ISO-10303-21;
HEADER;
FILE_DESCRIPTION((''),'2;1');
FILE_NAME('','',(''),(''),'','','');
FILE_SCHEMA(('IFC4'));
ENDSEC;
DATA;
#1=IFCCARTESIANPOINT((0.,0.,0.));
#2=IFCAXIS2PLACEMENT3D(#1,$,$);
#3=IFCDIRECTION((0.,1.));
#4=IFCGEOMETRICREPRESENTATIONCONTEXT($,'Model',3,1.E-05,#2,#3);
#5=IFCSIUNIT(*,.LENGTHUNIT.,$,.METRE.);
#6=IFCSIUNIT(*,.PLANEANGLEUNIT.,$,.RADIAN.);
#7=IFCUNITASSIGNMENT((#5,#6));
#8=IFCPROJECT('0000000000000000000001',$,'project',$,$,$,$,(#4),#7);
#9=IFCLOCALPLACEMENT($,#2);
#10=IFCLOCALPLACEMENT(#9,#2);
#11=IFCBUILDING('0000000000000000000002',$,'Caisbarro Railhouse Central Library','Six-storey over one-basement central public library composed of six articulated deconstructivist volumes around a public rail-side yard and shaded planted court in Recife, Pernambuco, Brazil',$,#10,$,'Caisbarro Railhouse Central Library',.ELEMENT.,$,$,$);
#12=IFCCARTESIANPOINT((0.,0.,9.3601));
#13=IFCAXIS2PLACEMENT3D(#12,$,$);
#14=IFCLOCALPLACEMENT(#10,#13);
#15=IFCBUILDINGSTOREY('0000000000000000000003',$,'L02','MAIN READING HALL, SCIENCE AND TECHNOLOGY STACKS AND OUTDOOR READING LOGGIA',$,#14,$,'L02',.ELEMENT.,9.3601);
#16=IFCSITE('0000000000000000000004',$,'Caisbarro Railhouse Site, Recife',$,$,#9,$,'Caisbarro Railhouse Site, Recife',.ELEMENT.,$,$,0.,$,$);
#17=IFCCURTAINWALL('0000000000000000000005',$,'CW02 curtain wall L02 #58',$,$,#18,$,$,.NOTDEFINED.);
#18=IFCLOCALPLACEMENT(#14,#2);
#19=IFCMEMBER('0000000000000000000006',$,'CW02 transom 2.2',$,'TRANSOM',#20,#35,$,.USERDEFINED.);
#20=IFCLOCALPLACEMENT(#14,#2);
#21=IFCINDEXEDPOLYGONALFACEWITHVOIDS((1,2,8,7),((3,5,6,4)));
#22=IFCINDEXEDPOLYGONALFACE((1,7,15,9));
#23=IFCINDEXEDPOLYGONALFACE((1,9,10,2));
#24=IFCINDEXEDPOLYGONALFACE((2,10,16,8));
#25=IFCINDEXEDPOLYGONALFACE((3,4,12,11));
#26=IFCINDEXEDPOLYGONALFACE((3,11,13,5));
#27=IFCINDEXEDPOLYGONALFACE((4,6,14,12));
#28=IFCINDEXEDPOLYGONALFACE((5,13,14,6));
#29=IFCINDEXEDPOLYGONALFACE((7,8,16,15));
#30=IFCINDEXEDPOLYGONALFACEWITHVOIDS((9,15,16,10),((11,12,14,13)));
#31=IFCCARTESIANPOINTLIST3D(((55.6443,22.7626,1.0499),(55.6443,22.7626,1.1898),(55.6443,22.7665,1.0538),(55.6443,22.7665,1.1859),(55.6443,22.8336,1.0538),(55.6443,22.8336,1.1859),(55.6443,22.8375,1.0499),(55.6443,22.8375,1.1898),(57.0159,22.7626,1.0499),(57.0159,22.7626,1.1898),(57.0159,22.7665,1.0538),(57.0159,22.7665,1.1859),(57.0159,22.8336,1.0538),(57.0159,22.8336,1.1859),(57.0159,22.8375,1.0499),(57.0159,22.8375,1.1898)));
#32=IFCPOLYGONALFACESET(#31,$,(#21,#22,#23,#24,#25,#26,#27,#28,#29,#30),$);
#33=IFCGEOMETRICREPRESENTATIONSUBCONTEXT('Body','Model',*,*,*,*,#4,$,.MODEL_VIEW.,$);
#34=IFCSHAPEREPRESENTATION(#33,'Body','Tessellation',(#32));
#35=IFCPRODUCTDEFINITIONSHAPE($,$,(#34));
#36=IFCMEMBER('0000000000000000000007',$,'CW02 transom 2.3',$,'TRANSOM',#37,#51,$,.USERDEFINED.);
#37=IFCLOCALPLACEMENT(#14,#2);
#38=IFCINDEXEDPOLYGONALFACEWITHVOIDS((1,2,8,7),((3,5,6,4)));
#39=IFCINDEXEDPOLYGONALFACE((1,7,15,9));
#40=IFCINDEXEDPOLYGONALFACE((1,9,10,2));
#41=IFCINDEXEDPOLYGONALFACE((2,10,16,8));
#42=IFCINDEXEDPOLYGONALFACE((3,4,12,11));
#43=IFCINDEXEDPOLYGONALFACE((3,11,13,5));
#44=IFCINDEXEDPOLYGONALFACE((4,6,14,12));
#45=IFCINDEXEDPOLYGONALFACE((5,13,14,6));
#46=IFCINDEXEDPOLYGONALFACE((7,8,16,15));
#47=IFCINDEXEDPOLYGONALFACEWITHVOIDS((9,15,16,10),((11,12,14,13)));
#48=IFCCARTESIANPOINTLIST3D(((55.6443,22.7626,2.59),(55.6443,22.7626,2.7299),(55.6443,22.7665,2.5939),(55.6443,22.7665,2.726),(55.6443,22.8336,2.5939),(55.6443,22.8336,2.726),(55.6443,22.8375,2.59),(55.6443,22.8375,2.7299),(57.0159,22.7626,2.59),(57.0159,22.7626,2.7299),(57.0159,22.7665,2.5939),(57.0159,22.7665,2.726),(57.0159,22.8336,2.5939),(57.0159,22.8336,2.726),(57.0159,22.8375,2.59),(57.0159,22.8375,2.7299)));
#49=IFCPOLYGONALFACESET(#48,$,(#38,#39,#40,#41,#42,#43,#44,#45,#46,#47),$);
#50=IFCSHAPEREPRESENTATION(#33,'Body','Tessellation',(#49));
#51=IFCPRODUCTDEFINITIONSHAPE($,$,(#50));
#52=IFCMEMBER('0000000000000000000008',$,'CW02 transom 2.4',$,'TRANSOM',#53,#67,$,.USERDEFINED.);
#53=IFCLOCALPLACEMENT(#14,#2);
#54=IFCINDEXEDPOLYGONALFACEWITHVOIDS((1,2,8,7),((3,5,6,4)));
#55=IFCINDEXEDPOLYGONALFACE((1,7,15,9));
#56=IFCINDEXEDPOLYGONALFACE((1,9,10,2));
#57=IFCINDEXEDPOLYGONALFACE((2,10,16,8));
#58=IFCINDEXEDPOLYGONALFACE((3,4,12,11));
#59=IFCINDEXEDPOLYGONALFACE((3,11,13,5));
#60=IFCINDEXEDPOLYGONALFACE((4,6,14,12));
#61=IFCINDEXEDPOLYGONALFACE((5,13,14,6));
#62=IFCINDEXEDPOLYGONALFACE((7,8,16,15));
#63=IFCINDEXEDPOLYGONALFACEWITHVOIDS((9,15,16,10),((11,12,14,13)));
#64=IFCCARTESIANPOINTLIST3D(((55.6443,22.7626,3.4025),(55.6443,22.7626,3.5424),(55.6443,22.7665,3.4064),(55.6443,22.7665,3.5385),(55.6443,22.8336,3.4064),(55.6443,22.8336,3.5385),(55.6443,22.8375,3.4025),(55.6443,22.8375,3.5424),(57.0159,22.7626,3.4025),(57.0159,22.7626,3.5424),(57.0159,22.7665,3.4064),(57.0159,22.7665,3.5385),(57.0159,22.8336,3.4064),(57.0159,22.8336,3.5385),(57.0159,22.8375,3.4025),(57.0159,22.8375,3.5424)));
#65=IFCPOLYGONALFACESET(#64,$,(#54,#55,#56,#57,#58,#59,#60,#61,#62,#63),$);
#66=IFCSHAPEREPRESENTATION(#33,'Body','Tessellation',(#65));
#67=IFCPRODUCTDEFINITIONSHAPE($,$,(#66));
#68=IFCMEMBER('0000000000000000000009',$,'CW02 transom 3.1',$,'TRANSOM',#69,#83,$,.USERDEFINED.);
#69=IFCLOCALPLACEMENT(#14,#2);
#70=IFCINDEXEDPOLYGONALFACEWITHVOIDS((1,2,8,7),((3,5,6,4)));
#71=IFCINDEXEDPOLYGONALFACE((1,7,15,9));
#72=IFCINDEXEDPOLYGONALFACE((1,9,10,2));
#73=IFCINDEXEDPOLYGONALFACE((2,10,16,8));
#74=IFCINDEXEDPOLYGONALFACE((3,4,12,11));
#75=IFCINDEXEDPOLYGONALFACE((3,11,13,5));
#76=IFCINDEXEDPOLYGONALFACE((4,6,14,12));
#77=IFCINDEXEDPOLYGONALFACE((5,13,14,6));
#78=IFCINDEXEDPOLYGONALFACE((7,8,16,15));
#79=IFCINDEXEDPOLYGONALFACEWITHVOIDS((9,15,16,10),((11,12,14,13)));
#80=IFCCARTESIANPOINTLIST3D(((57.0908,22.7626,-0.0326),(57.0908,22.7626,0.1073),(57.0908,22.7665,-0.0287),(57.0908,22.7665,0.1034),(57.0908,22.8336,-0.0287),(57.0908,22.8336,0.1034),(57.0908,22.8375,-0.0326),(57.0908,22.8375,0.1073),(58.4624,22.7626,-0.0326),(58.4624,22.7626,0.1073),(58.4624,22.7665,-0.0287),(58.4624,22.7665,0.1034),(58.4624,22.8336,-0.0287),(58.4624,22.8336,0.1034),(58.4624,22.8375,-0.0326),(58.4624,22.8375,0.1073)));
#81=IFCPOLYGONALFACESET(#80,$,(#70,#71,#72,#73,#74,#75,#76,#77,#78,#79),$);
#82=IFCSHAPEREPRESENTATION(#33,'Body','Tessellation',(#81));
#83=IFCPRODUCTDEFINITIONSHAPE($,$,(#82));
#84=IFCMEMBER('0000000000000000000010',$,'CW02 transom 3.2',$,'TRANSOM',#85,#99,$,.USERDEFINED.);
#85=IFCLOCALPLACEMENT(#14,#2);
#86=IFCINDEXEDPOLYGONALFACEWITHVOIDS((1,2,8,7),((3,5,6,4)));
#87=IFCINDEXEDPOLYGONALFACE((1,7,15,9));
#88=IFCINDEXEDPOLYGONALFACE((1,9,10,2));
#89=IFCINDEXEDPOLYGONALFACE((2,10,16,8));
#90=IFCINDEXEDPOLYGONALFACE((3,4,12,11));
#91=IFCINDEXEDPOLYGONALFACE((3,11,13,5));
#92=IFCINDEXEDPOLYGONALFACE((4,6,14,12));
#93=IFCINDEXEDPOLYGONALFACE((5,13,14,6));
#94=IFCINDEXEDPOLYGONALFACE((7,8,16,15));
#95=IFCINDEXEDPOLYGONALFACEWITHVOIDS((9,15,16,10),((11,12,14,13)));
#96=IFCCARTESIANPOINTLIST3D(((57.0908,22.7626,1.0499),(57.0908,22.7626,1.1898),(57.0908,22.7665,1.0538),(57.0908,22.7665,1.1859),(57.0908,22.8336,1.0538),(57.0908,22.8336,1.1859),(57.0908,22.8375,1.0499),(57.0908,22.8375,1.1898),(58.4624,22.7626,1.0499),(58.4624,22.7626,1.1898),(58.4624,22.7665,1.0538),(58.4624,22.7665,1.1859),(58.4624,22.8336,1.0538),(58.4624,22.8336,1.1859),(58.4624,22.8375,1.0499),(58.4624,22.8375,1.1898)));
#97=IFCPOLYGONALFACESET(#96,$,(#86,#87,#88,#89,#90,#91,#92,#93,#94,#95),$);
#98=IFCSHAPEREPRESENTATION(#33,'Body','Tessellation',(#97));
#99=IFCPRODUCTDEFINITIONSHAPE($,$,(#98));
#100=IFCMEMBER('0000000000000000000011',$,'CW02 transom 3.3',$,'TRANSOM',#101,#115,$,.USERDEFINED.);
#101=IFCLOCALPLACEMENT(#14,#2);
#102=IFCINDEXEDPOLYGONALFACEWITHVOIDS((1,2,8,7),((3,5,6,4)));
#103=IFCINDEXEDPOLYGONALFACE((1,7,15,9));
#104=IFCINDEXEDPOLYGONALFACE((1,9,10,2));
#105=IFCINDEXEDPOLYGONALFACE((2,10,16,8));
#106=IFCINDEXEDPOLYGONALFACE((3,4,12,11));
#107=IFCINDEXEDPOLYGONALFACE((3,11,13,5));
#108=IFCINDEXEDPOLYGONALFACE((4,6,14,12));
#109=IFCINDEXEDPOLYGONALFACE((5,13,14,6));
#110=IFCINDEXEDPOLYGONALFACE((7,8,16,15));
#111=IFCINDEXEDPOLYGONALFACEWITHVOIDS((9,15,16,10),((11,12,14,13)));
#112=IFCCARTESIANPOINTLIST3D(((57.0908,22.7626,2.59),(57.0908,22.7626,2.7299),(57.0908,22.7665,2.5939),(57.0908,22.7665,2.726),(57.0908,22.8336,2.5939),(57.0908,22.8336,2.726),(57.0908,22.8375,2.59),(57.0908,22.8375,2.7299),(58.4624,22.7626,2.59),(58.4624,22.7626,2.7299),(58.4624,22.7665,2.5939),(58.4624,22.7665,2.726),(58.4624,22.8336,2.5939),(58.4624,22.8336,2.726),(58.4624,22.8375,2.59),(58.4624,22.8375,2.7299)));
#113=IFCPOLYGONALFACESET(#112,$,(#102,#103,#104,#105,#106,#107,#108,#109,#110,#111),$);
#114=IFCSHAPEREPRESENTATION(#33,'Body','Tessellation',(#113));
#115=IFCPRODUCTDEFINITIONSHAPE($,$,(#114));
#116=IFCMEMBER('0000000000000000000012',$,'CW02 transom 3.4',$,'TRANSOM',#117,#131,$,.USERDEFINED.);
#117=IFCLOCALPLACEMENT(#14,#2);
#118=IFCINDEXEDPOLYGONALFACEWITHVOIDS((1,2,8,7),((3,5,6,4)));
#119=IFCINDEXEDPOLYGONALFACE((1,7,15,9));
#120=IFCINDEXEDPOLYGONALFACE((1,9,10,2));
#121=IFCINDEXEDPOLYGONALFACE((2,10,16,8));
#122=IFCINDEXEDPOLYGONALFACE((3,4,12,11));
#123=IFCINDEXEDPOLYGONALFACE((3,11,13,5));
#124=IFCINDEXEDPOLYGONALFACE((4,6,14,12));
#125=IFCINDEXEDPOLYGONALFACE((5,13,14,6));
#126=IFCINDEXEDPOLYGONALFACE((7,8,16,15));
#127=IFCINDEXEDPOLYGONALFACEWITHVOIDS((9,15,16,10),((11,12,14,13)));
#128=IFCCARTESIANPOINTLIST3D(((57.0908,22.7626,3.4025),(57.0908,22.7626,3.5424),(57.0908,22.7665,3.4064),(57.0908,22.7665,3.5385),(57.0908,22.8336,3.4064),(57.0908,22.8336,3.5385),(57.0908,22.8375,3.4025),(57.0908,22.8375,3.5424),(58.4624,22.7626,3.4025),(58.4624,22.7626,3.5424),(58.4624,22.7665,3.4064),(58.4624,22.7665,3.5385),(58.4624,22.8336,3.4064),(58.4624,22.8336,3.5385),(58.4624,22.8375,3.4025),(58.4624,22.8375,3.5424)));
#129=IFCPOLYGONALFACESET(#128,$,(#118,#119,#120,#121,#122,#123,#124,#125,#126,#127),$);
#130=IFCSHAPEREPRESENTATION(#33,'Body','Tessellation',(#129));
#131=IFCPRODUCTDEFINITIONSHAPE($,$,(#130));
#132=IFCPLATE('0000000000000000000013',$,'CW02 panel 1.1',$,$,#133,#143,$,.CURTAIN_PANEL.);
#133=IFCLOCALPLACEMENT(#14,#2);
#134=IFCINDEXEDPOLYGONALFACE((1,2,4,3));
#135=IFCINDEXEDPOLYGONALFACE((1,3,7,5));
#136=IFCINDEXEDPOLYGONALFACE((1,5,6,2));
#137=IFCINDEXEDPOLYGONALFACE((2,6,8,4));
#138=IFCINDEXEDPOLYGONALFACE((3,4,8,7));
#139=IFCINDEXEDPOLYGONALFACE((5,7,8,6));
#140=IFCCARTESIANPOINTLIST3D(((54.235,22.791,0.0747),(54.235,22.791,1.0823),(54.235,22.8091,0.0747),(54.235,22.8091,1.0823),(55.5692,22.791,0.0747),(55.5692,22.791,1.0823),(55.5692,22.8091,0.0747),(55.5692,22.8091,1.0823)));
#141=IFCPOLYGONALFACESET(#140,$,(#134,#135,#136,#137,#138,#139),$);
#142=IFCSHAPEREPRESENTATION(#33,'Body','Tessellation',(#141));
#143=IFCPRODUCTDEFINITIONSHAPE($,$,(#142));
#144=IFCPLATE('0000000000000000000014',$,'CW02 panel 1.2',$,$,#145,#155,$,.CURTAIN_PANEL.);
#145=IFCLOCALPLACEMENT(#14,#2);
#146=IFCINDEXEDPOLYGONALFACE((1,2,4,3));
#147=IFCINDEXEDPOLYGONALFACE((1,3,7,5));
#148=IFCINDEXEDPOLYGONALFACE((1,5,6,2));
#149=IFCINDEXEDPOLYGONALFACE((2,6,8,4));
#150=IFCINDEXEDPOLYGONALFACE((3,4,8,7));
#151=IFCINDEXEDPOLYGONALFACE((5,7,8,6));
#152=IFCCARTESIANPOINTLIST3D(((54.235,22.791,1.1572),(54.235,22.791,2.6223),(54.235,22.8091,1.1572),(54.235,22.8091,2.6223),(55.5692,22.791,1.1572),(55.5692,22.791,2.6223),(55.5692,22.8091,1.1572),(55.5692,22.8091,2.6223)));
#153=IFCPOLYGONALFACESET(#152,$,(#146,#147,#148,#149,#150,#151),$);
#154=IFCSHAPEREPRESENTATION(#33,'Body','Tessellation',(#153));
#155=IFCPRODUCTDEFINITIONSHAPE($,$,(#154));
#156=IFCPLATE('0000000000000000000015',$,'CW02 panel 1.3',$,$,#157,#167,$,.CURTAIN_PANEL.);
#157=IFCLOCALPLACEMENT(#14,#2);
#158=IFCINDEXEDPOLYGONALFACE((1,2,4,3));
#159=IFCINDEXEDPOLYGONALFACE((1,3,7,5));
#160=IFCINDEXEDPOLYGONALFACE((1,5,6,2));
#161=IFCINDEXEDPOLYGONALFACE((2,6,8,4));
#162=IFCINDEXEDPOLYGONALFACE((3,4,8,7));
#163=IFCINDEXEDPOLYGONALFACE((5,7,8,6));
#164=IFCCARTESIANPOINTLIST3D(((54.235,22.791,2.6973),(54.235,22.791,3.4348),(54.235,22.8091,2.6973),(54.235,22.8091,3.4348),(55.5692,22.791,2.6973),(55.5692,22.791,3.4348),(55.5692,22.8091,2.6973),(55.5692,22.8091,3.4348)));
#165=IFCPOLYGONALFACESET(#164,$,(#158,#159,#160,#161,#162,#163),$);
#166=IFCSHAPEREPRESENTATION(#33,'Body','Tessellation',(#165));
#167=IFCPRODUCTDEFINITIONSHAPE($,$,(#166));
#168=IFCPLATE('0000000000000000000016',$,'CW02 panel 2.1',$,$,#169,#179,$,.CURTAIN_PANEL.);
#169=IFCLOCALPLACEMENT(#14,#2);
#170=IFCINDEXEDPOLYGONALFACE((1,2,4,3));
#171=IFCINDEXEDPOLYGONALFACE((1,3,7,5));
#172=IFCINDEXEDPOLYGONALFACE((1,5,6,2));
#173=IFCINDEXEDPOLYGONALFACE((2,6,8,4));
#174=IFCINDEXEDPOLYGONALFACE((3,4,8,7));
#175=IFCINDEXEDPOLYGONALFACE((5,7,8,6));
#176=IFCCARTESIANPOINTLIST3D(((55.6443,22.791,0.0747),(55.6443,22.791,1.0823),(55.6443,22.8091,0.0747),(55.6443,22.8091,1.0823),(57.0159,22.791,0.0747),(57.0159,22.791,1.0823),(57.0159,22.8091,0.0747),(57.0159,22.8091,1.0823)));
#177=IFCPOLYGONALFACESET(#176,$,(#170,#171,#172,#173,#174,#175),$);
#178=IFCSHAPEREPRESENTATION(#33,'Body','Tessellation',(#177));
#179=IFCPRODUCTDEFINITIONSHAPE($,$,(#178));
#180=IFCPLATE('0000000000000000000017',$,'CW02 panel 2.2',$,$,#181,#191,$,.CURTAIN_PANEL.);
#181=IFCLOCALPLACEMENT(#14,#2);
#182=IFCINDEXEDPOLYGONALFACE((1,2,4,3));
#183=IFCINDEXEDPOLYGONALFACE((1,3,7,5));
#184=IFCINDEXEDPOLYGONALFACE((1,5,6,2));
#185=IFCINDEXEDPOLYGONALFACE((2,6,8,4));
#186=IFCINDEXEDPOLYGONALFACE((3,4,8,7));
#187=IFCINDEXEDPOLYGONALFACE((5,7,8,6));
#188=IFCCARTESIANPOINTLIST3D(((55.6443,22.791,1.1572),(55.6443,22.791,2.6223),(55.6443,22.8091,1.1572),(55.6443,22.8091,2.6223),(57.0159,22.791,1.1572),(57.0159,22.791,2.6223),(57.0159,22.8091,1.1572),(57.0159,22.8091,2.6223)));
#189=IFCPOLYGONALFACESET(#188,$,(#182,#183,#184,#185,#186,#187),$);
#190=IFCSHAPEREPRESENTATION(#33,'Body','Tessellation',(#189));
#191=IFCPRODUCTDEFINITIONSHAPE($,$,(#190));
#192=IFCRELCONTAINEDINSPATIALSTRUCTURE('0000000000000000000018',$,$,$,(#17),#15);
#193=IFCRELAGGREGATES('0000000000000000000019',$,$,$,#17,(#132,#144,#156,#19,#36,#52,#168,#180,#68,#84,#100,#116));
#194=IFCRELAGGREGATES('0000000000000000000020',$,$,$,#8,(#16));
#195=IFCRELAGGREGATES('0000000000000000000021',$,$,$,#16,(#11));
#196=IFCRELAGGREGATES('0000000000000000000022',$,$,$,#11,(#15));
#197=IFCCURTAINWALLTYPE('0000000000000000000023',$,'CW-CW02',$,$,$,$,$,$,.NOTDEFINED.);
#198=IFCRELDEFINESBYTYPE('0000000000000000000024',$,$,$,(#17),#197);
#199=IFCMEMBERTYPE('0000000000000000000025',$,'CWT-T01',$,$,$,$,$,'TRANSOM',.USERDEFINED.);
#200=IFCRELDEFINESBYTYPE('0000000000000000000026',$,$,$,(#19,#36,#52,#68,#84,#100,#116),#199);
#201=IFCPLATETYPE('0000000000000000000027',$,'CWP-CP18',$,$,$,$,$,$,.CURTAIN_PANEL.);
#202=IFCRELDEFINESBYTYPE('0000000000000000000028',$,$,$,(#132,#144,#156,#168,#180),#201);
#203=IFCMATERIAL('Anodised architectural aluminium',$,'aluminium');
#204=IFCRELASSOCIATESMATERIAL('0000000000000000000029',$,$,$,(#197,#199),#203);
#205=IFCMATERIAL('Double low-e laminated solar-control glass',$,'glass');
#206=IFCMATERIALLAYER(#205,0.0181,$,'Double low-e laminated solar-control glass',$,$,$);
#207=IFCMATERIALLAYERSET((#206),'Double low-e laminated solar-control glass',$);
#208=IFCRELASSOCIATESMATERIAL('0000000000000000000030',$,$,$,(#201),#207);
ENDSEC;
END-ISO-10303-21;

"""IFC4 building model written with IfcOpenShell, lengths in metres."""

from ifc_helpers import new_model, si_unit, direction, frame, origin, origin_2d, place, context, subcontext, project, spatial, rectangle, hollow_rectangle, extrude, material, layer, layer_set, material_profile, profile_set, type_object, element, aggregate, save


model = new_model("IFC4")

# Units and contexts
model_context = context("Model", 3, precision=1e-05, world=origin(), true_north=direction((0.0, 1.0)))
body_context = subcontext(model_context, "Body", "Model", "MODEL_VIEW")
ifc_project = project(units=[si_unit("LENGTHUNIT", "METRE"), si_unit("PLANEANGLEUNIT", "RADIAN")], contexts=[model_context])

# Site, building, storey
site_placement = place(None, origin())
site = spatial("IfcSite", under=ifc_project, at=site_placement, Name="Caisbarro Railhouse Site, Recife", LongName="Caisbarro Railhouse Site, Recife", CompositionType="ELEMENT", RefElevation=0.0)
building_placement = place(site_placement, origin())
building = spatial("IfcBuilding", under=site, at=building_placement, Name="Caisbarro Railhouse Central Library", Description="Six-storey over one-basement central public library composed of six articulated deconstructivist volumes around a public rail-side yard and shaded planted court in Recife, Pernambuco, Brazil", LongName="Caisbarro Railhouse Central Library", CompositionType="ELEMENT")
storey_placement = place(building_placement, frame((0.0, 0.0, 9.3601)))
storey = spatial("IfcBuildingStorey", under=building, at=storey_placement, Name="L02", Description="MAIN READING HALL, SCIENCE AND TECHNOLOGY STACKS AND OUTDOOR READING LOGGIA", LongName="L02", CompositionType="ELEMENT", Elevation=9.3601)

# Curtain wall, members, plates
ifc_material_1 = material(Name="Anodised architectural aluminium", Category="aluminium")
curtain_wall_type = type_object("IfcCurtainWallType", Name="CW-CW02", PredefinedType="NOTDEFINED", material=ifc_material_1)
curtain_wall_placement = place(storey_placement, origin())
curtain_wall = element("IfcCurtainWall", 1, at=curtain_wall_placement, inside=storey, type_object=curtain_wall_type, Name="CW02 curtain wall L02 #58", PredefinedType="NOTDEFINED")
ifc_material_profile_1 = material_profile(ifc_material_1, hollow_rectangle(XDim=0.075, YDim=0.1399, WallThickness=0.0039, at=origin_2d()), Name="ALU-TRN-75X140")
ifc_profile_set_1 = profile_set([ifc_material_profile_1], Name="Anodised architectural aluminium")
member_type_1 = type_object("IfcMemberType", Name="CWT-T01", ElementType="TRANSOM", PredefinedType="USERDEFINED", material=ifc_profile_set_1)
member_1_placement = place(storey_placement, frame((55.6443, 22.8, 1.1199), z_axis=(1.0, 0.0, 0.0), x_axis=(0.0, 1.0, 0.0)))
member_1 = element("IfcMember", 2, at=member_1_placement, type_object=member_type_1, Name="CW02 transom 2.2", ObjectType="TRANSOM", PredefinedType="USERDEFINED", context=body_context, shape_type="SweptSolid", body=[
    extrude(hollow_rectangle(XDim=0.075, YDim=0.1399, WallThickness=0.0039, at=origin_2d()), origin(), (0.0, 0.0, 1.0), 1.3716),
])
member_2_placement = place(storey_placement, frame((55.6443, 22.8, 2.6599), z_axis=(1.0, 0.0, 0.0), x_axis=(0.0, 1.0, 0.0)))
member_2 = element("IfcMember", 3, at=member_2_placement, type_object=member_type_1, Name="CW02 transom 2.3", ObjectType="TRANSOM", PredefinedType="USERDEFINED", context=body_context, shape_type="SweptSolid", body=[
    extrude(hollow_rectangle(XDim=0.075, YDim=0.1399, WallThickness=0.0039, at=origin_2d()), origin(), (0.0, 0.0, 1.0), 1.3716),
])
member_3_placement = place(storey_placement, frame((55.6443, 22.8, 3.4724), z_axis=(1.0, 0.0, 0.0), x_axis=(0.0, 1.0, 0.0)))
member_3 = element("IfcMember", 4, at=member_3_placement, type_object=member_type_1, Name="CW02 transom 2.4", ObjectType="TRANSOM", PredefinedType="USERDEFINED", context=body_context, shape_type="SweptSolid", body=[
    extrude(hollow_rectangle(XDim=0.075, YDim=0.1399, WallThickness=0.0039, at=origin_2d()), origin(), (0.0, 0.0, 1.0), 1.3716),
])
member_4_placement = place(storey_placement, frame((57.0908, 22.8, 0.0374), z_axis=(1.0, 0.0, 0.0), x_axis=(0.0, 1.0, 0.0)))
member_4 = element("IfcMember", 5, at=member_4_placement, type_object=member_type_1, Name="CW02 transom 3.1", ObjectType="TRANSOM", PredefinedType="USERDEFINED", context=body_context, shape_type="SweptSolid", body=[
    extrude(hollow_rectangle(XDim=0.075, YDim=0.1399, WallThickness=0.0039, at=origin_2d()), origin(), (0.0, 0.0, 1.0), 1.3716),
])
member_5_placement = place(storey_placement, frame((57.0908, 22.8, 1.1199), z_axis=(1.0, 0.0, 0.0), x_axis=(0.0, 1.0, 0.0)))
member_5 = element("IfcMember", 6, at=member_5_placement, type_object=member_type_1, Name="CW02 transom 3.2", ObjectType="TRANSOM", PredefinedType="USERDEFINED", context=body_context, shape_type="SweptSolid", body=[
    extrude(hollow_rectangle(XDim=0.075, YDim=0.1399, WallThickness=0.0039, at=origin_2d()), origin(), (0.0, 0.0, 1.0), 1.3716),
])
member_6_placement = place(storey_placement, frame((57.0908, 22.8, 2.6599), z_axis=(1.0, 0.0, 0.0), x_axis=(0.0, 1.0, 0.0)))
member_6 = element("IfcMember", 7, at=member_6_placement, type_object=member_type_1, Name="CW02 transom 3.3", ObjectType="TRANSOM", PredefinedType="USERDEFINED", context=body_context, shape_type="SweptSolid", body=[
    extrude(hollow_rectangle(XDim=0.075, YDim=0.1399, WallThickness=0.0039, at=origin_2d()), origin(), (0.0, 0.0, 1.0), 1.3716),
])
member_7_placement = place(storey_placement, frame((57.0908, 22.8, 3.4724), z_axis=(1.0, 0.0, 0.0), x_axis=(0.0, 1.0, 0.0)))
member_7 = element("IfcMember", 8, at=member_7_placement, type_object=member_type_1, Name="CW02 transom 3.4", ObjectType="TRANSOM", PredefinedType="USERDEFINED", context=body_context, shape_type="SweptSolid", body=[
    extrude(hollow_rectangle(XDim=0.075, YDim=0.1399, WallThickness=0.0039, at=origin_2d()), origin(), (0.0, 0.0, 1.0), 1.3716),
])
ifc_material_2 = material(Name="Double low-e laminated solar-control glass", Category="glass")
ifc_layer = layer(ifc_material_2, 0.0181, Name="Double low-e laminated solar-control glass")
ifc_layer_set = layer_set([ifc_layer], Name="Double low-e laminated solar-control glass")
plate_type = type_object("IfcPlateType", Name="CWP-CP18", PredefinedType="CURTAIN_PANEL", material=ifc_layer_set)
plate_1_placement = place(storey_placement, frame((54.9021, 22.8, 0.0747), z_axis=(0.0, 0.0, 1.0), x_axis=(1.0, 0.0, 0.0)))
plate_1 = element("IfcPlate", 9, at=plate_1_placement, type_object=plate_type, Name="CW02 panel 1.1", PredefinedType="CURTAIN_PANEL", context=body_context, shape_type="SweptSolid", body=[
    extrude(rectangle(XDim=1.3342, YDim=0.0181, at=origin_2d()), origin(), (0.0, 0.0, 1.0), 1.0076),
])
plate_2_placement = place(storey_placement, frame((54.9021, 22.8, 1.1572), z_axis=(0.0, 0.0, 1.0), x_axis=(1.0, 0.0, 0.0)))
plate_2 = element("IfcPlate", 10, at=plate_2_placement, type_object=plate_type, Name="CW02 panel 1.2", PredefinedType="CURTAIN_PANEL", context=body_context, shape_type="SweptSolid", body=[
    extrude(rectangle(XDim=1.3342, YDim=0.0181, at=origin_2d()), origin(), (0.0, 0.0, 1.0), 1.4651),
])
plate_3_placement = place(storey_placement, frame((54.9021, 22.8, 2.6973), z_axis=(0.0, 0.0, 1.0), x_axis=(1.0, 0.0, 0.0)))
plate_3 = element("IfcPlate", 11, at=plate_3_placement, type_object=plate_type, Name="CW02 panel 1.3", PredefinedType="CURTAIN_PANEL", context=body_context, shape_type="SweptSolid", body=[
    extrude(rectangle(XDim=1.3342, YDim=0.0181, at=origin_2d()), origin(), (0.0, 0.0, 1.0), 0.7375),
])
plate_4_placement = place(storey_placement, frame((56.3301, 22.8, 0.0747), z_axis=(0.0, 0.0, 1.0), x_axis=(1.0, 0.0, 0.0)))
plate_4 = element("IfcPlate", 12, at=plate_4_placement, type_object=plate_type, Name="CW02 panel 2.1", PredefinedType="CURTAIN_PANEL", context=body_context, shape_type="SweptSolid", body=[
    extrude(rectangle(XDim=1.3716, YDim=0.0181, at=origin_2d()), origin(), (0.0, 0.0, 1.0), 1.0076),
])
plate_5_placement = place(storey_placement, frame((56.3301, 22.8, 1.1572), z_axis=(0.0, 0.0, 1.0), x_axis=(1.0, 0.0, 0.0)))
plate_5 = element("IfcPlate", 13, at=plate_5_placement, type_object=plate_type, Name="CW02 panel 2.2", PredefinedType="CURTAIN_PANEL", context=body_context, shape_type="SweptSolid", body=[
    extrude(rectangle(XDim=1.3716, YDim=0.0181, at=origin_2d()), origin(), (0.0, 0.0, 1.0), 1.4651),
])
aggregate(curtain_wall, [plate_1, plate_2, plate_3, member_1, member_2, member_3, plate_4, plate_5, member_4, member_5, member_6, member_7])

save(model, "model.ifc")
